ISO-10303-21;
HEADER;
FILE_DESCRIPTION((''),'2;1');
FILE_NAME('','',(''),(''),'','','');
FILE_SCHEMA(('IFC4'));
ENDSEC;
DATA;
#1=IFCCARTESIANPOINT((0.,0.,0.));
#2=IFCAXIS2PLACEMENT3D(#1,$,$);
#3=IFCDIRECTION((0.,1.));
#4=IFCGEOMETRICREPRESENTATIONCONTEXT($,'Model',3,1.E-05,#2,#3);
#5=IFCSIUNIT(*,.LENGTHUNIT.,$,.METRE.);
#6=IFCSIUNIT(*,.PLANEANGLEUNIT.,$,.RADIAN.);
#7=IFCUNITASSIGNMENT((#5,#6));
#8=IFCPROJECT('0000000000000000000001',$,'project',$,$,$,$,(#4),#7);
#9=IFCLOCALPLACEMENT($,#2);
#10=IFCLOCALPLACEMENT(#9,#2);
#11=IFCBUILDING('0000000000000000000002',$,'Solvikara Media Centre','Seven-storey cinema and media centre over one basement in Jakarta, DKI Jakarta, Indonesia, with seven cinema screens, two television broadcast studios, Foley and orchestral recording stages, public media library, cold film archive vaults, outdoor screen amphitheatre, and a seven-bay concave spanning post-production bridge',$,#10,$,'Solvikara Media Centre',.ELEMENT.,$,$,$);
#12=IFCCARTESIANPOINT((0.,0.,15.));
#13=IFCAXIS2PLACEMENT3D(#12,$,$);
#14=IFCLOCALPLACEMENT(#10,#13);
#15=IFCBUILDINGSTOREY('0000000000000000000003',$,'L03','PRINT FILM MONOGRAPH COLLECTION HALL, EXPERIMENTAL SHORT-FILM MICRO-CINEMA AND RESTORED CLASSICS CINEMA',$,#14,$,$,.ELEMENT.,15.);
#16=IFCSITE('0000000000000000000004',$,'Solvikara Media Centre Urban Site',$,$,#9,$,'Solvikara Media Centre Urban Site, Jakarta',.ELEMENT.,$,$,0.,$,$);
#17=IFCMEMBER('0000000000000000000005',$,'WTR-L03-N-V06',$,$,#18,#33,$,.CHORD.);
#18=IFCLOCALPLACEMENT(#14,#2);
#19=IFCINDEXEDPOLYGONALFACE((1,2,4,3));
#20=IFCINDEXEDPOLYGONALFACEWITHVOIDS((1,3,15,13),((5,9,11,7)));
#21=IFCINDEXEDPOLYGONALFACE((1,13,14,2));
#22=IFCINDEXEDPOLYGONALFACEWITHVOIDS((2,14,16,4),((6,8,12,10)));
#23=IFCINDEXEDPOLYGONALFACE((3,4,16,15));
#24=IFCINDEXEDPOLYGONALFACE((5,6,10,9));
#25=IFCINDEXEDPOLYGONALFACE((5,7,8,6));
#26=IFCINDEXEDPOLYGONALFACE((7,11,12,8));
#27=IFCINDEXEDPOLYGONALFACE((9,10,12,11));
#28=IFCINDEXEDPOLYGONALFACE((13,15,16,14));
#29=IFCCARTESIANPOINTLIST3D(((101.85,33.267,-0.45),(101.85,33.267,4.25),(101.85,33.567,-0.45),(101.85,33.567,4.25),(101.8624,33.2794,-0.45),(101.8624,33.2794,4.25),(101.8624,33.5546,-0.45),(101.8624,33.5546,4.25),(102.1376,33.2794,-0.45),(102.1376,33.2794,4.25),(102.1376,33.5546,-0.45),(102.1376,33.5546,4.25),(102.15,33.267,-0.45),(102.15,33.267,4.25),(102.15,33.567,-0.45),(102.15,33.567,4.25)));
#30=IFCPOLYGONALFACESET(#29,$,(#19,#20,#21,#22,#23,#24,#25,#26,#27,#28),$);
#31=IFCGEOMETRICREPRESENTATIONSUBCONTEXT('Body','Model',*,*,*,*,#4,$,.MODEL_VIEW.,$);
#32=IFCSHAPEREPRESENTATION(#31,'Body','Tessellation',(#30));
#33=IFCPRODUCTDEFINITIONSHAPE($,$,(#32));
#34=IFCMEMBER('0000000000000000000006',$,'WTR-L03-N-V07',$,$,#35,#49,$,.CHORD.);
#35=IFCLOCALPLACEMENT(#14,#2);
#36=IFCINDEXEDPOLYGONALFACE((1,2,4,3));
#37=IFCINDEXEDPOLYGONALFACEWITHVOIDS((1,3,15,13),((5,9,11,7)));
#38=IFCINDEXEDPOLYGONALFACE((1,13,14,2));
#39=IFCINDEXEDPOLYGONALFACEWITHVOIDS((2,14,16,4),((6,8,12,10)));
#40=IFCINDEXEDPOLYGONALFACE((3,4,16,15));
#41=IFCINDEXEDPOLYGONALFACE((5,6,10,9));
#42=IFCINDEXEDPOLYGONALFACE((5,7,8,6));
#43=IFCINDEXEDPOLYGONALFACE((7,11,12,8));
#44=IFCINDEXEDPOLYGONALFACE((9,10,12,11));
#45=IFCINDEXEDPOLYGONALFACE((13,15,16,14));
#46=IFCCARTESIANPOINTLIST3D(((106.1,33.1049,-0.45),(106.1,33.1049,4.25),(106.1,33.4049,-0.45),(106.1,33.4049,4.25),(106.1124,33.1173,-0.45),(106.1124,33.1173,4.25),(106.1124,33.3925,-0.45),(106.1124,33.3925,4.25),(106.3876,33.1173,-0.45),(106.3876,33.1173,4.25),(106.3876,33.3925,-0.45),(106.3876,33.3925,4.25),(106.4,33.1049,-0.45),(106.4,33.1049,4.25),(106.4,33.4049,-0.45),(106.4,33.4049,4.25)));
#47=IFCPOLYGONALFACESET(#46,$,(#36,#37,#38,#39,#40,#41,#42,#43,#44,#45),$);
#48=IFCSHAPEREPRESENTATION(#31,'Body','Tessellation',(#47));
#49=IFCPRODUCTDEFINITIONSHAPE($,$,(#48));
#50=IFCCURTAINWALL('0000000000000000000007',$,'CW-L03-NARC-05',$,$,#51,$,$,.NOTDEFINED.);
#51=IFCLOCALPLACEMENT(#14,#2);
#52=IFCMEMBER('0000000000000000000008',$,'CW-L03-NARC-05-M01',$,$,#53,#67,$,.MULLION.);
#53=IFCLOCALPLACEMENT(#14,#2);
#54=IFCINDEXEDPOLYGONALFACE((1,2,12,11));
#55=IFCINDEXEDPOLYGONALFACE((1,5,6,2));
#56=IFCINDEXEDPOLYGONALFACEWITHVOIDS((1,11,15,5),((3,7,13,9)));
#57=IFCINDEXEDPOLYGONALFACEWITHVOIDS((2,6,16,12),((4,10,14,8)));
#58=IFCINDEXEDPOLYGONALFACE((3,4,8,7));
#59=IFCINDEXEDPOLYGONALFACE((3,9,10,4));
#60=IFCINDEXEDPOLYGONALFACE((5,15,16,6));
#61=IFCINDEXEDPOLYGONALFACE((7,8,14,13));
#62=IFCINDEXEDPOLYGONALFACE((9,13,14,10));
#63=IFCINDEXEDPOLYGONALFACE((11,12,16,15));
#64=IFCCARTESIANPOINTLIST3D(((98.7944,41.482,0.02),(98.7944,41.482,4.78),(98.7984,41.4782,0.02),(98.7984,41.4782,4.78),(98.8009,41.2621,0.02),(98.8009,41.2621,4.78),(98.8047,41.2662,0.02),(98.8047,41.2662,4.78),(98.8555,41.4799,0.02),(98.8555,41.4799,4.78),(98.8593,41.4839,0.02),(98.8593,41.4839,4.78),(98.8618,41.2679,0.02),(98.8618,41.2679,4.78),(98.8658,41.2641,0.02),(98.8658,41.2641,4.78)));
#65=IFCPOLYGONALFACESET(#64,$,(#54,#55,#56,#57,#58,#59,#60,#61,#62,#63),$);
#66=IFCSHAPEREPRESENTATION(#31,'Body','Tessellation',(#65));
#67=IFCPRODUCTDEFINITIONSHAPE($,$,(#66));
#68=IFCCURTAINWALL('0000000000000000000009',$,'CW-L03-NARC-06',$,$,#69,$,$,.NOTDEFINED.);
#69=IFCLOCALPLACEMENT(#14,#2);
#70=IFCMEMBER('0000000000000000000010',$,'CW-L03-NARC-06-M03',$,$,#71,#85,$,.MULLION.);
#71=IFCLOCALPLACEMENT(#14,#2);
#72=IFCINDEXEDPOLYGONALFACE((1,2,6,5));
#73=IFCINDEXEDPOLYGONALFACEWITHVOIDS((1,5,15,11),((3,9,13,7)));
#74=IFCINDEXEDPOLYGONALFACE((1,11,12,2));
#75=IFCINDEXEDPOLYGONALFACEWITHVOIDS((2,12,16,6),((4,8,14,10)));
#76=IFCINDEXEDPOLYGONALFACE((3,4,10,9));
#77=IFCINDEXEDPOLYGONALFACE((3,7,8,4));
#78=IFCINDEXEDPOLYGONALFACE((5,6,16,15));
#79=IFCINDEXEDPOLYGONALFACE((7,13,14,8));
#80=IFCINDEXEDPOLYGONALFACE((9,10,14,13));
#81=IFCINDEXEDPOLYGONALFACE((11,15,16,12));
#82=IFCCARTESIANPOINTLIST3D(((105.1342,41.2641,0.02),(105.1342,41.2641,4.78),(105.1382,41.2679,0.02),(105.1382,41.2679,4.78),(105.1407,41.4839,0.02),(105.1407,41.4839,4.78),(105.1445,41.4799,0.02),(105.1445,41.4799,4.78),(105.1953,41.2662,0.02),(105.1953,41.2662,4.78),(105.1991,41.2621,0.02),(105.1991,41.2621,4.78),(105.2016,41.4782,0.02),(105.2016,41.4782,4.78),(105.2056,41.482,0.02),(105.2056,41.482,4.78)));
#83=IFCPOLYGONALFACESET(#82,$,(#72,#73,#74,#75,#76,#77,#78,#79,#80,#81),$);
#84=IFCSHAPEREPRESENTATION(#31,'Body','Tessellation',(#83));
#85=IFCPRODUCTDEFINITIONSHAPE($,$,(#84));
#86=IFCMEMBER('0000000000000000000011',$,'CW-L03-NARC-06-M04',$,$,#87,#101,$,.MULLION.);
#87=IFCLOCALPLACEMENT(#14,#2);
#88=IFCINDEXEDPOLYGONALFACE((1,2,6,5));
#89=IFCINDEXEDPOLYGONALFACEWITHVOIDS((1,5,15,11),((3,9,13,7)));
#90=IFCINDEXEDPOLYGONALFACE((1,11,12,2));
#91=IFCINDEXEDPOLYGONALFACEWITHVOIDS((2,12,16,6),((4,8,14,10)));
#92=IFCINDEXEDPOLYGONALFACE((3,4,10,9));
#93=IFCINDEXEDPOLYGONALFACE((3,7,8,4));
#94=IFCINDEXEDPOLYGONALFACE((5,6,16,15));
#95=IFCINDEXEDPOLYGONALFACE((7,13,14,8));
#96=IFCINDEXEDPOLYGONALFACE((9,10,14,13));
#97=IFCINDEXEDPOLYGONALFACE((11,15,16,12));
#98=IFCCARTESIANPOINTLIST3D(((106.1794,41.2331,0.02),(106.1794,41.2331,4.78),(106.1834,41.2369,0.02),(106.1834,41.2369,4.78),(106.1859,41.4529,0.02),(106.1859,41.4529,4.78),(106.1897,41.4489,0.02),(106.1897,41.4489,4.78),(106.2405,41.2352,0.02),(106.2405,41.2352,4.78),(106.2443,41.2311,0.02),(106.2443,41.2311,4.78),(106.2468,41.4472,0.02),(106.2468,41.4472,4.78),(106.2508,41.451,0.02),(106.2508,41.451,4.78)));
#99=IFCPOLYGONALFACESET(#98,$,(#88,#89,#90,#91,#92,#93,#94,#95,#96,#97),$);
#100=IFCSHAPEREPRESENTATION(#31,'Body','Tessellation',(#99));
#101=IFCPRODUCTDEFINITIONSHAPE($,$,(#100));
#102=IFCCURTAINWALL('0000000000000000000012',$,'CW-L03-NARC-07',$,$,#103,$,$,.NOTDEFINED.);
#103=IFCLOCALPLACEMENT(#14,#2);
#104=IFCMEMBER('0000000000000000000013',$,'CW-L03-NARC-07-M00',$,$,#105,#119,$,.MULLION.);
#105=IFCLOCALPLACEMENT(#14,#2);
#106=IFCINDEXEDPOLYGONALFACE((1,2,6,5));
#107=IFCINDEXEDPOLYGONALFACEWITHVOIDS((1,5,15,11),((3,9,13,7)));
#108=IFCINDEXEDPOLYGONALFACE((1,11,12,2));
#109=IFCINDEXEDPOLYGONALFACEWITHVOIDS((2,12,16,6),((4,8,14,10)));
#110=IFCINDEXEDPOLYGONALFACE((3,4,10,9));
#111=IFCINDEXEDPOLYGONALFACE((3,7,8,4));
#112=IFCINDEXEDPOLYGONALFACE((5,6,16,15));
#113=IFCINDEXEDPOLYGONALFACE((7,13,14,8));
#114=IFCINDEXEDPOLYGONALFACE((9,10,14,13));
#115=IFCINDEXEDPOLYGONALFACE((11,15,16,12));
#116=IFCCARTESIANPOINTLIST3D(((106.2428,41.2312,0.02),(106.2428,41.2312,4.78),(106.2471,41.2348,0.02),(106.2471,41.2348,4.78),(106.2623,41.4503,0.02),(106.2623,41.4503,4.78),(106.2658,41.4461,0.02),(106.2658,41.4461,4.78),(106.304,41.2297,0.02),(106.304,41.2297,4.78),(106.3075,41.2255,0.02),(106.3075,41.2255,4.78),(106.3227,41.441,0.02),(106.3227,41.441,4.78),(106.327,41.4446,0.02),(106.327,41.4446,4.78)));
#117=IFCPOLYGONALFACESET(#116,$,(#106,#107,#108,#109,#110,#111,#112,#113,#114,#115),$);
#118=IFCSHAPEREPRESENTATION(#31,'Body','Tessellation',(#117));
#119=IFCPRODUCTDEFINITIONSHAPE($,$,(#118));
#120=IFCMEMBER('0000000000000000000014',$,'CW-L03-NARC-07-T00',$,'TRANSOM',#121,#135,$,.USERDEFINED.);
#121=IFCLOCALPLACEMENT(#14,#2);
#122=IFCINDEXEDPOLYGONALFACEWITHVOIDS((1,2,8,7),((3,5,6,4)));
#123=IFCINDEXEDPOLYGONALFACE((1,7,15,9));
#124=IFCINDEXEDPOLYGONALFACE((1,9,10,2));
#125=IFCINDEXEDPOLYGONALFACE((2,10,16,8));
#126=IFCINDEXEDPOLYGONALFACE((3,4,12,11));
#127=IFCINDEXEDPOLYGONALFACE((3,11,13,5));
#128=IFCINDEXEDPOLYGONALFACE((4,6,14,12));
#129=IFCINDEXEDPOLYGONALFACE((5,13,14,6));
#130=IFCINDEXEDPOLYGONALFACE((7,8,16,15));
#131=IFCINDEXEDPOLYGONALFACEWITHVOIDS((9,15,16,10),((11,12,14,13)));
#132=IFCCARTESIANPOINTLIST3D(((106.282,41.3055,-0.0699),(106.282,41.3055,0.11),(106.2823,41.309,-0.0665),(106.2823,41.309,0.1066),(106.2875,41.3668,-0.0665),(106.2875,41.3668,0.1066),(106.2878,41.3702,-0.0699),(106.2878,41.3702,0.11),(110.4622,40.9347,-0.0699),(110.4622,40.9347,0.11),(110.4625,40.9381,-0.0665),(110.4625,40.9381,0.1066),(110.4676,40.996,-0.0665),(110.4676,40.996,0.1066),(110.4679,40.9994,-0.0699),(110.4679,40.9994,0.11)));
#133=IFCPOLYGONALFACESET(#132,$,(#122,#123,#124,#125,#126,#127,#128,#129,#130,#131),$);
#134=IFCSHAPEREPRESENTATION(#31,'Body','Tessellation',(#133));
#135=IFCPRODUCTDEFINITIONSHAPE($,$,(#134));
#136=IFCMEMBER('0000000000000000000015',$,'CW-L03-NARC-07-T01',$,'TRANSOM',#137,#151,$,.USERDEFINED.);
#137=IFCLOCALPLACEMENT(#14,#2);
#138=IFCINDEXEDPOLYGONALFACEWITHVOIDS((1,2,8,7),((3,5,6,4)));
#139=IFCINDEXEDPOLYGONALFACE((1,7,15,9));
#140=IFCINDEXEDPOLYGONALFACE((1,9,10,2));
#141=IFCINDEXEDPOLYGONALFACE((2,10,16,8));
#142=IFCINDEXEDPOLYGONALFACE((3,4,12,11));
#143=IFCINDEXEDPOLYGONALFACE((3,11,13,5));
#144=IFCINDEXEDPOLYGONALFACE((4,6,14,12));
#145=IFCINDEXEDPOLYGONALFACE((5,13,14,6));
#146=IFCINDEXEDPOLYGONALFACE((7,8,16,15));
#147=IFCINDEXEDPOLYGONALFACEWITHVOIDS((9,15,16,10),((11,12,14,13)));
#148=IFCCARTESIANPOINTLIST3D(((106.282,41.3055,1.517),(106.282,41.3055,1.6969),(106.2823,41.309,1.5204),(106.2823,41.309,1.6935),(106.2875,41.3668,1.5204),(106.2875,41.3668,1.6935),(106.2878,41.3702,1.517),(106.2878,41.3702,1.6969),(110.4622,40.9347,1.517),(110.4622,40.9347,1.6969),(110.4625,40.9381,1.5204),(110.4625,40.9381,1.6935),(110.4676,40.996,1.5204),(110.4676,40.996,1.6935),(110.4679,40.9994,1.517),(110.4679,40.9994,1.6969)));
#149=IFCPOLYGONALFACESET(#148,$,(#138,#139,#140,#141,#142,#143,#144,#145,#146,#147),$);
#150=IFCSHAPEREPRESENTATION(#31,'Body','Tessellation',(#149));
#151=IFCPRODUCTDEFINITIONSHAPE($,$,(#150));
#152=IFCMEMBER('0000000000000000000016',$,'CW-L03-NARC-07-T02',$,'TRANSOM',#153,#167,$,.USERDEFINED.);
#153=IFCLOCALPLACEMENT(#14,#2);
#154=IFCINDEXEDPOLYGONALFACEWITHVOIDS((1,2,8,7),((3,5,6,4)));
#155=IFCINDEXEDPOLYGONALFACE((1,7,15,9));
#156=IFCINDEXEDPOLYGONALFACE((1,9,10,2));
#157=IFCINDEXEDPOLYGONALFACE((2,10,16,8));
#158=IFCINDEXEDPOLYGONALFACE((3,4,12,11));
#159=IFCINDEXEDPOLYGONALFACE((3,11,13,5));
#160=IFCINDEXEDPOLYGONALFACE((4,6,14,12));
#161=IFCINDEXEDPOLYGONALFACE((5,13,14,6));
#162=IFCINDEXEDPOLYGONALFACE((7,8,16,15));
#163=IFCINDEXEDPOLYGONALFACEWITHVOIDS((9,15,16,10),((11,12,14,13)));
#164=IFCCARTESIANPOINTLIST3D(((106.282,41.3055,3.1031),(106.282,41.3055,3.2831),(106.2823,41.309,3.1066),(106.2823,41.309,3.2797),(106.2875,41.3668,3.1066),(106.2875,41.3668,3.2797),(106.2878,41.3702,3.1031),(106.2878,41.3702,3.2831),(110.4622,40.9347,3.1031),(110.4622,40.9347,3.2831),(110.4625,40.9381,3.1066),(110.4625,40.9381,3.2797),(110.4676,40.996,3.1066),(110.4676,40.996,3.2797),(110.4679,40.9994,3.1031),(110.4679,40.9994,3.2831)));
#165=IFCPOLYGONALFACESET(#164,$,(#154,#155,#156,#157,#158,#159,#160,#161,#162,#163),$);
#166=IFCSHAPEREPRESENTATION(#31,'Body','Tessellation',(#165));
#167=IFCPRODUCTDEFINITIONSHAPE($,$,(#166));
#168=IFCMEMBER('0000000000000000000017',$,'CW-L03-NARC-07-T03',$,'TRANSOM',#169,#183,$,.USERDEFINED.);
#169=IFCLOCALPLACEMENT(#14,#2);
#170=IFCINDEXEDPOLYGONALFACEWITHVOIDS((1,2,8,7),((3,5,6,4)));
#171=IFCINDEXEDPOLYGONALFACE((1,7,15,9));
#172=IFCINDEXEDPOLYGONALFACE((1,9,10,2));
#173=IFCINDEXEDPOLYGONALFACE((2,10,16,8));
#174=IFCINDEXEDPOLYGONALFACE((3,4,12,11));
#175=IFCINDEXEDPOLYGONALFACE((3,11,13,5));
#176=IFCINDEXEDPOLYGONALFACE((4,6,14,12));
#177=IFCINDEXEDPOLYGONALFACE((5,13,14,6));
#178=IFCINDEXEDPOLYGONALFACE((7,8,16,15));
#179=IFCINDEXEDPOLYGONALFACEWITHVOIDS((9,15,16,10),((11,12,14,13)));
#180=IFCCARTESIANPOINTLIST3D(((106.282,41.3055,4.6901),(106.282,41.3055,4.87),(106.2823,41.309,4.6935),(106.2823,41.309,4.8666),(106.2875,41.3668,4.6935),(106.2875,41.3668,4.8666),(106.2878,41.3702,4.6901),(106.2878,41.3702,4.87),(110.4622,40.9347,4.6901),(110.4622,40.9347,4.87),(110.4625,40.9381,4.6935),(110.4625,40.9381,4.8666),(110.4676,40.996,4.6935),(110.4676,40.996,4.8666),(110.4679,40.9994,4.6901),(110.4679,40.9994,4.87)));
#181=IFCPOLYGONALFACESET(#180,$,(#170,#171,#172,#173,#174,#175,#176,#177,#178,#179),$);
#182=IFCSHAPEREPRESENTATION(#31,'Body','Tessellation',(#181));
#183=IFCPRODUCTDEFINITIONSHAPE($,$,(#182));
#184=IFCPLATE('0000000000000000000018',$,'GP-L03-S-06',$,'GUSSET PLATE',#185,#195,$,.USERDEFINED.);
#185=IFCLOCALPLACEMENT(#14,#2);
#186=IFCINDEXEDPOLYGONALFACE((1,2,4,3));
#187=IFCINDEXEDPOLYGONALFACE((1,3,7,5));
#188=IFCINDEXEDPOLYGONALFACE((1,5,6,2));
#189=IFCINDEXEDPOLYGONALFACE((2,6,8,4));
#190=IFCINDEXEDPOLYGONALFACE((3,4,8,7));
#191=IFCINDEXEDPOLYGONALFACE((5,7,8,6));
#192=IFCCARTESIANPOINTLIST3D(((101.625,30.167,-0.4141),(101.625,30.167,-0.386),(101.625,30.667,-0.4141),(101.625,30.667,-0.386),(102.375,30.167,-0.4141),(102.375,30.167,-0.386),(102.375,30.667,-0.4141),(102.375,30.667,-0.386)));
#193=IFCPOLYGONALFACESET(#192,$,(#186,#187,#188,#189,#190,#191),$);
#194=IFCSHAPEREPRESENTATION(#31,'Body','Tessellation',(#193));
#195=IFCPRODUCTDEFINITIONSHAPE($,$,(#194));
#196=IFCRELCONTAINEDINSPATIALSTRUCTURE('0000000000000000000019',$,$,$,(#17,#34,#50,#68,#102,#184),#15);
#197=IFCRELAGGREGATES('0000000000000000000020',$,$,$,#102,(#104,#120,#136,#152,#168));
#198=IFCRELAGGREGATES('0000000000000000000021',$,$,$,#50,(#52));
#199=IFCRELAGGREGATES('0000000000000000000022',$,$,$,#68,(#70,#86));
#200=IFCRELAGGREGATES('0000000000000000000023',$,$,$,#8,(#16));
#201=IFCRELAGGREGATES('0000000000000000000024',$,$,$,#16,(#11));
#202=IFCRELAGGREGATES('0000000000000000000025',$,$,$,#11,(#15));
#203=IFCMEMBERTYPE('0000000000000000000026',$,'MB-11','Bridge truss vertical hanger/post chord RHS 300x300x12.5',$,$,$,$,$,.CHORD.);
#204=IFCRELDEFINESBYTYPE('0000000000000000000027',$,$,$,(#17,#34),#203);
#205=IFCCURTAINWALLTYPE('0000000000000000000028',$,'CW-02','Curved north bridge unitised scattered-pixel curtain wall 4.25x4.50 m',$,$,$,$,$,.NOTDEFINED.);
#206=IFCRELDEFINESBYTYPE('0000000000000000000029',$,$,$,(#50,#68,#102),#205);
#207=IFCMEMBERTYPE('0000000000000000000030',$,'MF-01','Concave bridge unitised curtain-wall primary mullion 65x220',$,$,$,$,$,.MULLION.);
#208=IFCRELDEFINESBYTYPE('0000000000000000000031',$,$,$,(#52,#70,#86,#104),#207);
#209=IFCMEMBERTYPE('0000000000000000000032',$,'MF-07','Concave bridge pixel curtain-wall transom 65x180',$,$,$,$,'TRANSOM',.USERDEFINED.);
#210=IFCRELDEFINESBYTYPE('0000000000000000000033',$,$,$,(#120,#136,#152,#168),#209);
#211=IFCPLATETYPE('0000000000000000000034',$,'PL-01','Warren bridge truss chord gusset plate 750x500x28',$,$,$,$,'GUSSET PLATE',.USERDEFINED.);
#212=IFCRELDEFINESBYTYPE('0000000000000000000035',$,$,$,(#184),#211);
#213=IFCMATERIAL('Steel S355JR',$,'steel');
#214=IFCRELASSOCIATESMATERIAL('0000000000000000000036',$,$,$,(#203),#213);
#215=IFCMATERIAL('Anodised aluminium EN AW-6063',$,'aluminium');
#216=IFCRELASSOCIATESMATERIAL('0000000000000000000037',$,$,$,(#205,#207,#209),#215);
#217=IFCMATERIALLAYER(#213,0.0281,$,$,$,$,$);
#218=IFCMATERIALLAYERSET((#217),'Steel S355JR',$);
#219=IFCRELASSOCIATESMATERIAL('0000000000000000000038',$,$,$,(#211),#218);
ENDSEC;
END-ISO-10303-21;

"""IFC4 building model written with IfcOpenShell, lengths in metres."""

from ifc_helpers import new_model, si_unit, direction, frame, origin, origin_2d, place, context, subcontext, project, spatial, rectangle, hollow_rectangle, extrude, material, layer, layer_set, material_profile, profile_set, type_object, element, aggregate, save


model = new_model("IFC4")

# Units and contexts
model_context = context("Model", 3, precision=1e-05, world=origin(), true_north=direction((0.0, 1.0)))
body_context = subcontext(model_context, "Body", "Model", "MODEL_VIEW")
ifc_project = project(units=[si_unit("LENGTHUNIT", "METRE"), si_unit("PLANEANGLEUNIT", "RADIAN")], contexts=[model_context])

# Site, building, storey
site_placement = place(None, origin())
site = spatial("IfcSite", under=ifc_project, at=site_placement, Name="Solvikara Media Centre Urban Site", LongName="Solvikara Media Centre Urban Site, Jakarta", CompositionType="ELEMENT", RefElevation=0.0)
building_placement = place(site_placement, origin())
building = spatial("IfcBuilding", under=site, at=building_placement, Name="Solvikara Media Centre", Description="Seven-storey cinema and media centre over one basement in Jakarta, DKI Jakarta, Indonesia, with seven cinema screens, two television broadcast studios, Foley and orchestral recording stages, public media library, cold film archive vaults, outdoor screen amphitheatre, and a seven-bay concave spanning post-production bridge", LongName="Solvikara Media Centre", CompositionType="ELEMENT")
storey_placement = place(building_placement, frame((0.0, 0.0, 15.0)))
storey = spatial("IfcBuildingStorey", under=building, at=storey_placement, Name="L03", Description="PRINT FILM MONOGRAPH COLLECTION HALL, EXPERIMENTAL SHORT-FILM MICRO-CINEMA AND RESTORED CLASSICS CINEMA", CompositionType="ELEMENT", Elevation=15.0)

# Shared definitions
ifc_material_1 = material(Name="Steel S355JR", Category="steel")

# Members
ifc_material_profile_1 = material_profile(ifc_material_1, hollow_rectangle(XDim=0.3, YDim=0.3, WallThickness=0.0125, at=origin_2d()), Name="RHS 300x300x12.5")
ifc_profile_set_1 = profile_set([ifc_material_profile_1], Name="Steel S355JR")
member_type_1 = type_object("IfcMemberType", Name="MB-11", Description="Bridge truss vertical hanger/post chord RHS 300x300x12.5", PredefinedType="CHORD", material=ifc_profile_set_1)
for number, where, z_axis, x_axis, name in (
    (1, (102.0, 33.417, -0.45), (0.0, 0.0, 1.0), (1.0, 0.0, 0.0), "WTR-L03-N-V06"),
    (2, (106.25, 33.2549, -0.45), (0.0, 0.0, 1.0), (1.0, 0.0, 0.0), "WTR-L03-N-V07"),
):
    element("IfcMember", number, at=place(storey_placement, frame(where, z_axis=z_axis, x_axis=x_axis)), inside=storey, type_object=member_type_1, Name=name, PredefinedType="CHORD", context=body_context, shape_type="SweptSolid", body=[
        extrude(hollow_rectangle(XDim=0.3, YDim=0.3, WallThickness=0.0125, at=origin_2d()), origin(), (0.0, 0.0, 1.0), 4.7),
    ])

# Curtain wall, member
ifc_material_2 = material(Name="Anodised aluminium EN AW-6063", Category="aluminium")
curtain_wall_type = type_object("IfcCurtainWallType", Name="CW-02", Description="Curved north bridge unitised scattered-pixel curtain wall 4.25x4.50 m", PredefinedType="NOTDEFINED", material=ifc_material_2)
curtain_wall_1_placement = place(storey_placement, origin())
curtain_wall_1 = element("IfcCurtainWall", 3, at=curtain_wall_1_placement, inside=storey, type_object=curtain_wall_type, Name="CW-L03-NARC-05", PredefinedType="NOTDEFINED")
ifc_material_profile_2 = material_profile(ifc_material_2, hollow_rectangle(XDim=0.0649, YDim=0.22, WallThickness=0.0039, at=origin_2d()), Name="ALU-M 65x220x4")
ifc_profile_set_2 = profile_set([ifc_material_profile_2], Name="Anodised aluminium EN AW-6063")
member_type_2 = type_object("IfcMemberType", Name="MF-01", Description="Concave bridge unitised curtain-wall primary mullion 65x220", PredefinedType="MULLION", material=ifc_profile_set_2)
member_1_placement = place(storey_placement, frame((98.8301, 41.373, 0.02), z_axis=(0.0, 0.0, 1.0), x_axis=(0.99956, 0.029649, 0.0)))
member_1 = element("IfcMember", 4, at=member_1_placement, type_object=member_type_2, Name="CW-L03-NARC-05-M01", PredefinedType="MULLION", context=body_context, shape_type="SweptSolid", body=[
    extrude(hollow_rectangle(XDim=0.0649, YDim=0.22, WallThickness=0.0039, at=origin_2d()), origin(), (0.0, 0.0, 1.0), 4.76),
])

# Curtain walls, members
curtain_wall_2_placement = place(storey_placement, origin())
curtain_wall_2 = element("IfcCurtainWall", 5, at=curtain_wall_2_placement, inside=storey, type_object=curtain_wall_type, Name="CW-L03-NARC-06", PredefinedType="NOTDEFINED")
member_2_placement = place(storey_placement, frame((105.1699, 41.373, 0.02), z_axis=(0.0, 0.0, 1.0), x_axis=(0.99956, -0.029649, 0.0)))
member_2 = element("IfcMember", 6, at=member_2_placement, type_object=member_type_2, Name="CW-L03-NARC-06-M03", PredefinedType="MULLION", context=body_context, shape_type="SweptSolid", body=[
    extrude(hollow_rectangle(XDim=0.0649, YDim=0.22, WallThickness=0.0039, at=origin_2d()), origin(), (0.0, 0.0, 1.0), 4.76),
])
member_3_placement = place(storey_placement, frame((106.2151, 41.342, 0.02), z_axis=(0.0, 0.0, 1.0), x_axis=(0.99956, -0.029649, 0.0)))
member_3 = element("IfcMember", 7, at=member_3_placement, type_object=member_type_2, Name="CW-L03-NARC-06-M04", PredefinedType="MULLION", context=body_context, shape_type="SweptSolid", body=[
    extrude(hollow_rectangle(XDim=0.0649, YDim=0.22, WallThickness=0.0039, at=origin_2d()), origin(), (0.0, 0.0, 1.0), 4.76),
])
curtain_wall_3_placement = place(storey_placement, origin())
curtain_wall_3 = element("IfcCurtainWall", 8, at=curtain_wall_3_placement, inside=storey, type_object=curtain_wall_type, Name="CW-L03-NARC-07", PredefinedType="NOTDEFINED")
member_4_placement = place(storey_placement, frame((106.2849, 41.3379, 0.02), z_axis=(0.0, 0.0, 1.0), x_axis=(0.996084, -0.088408, 0.0)))
member_4 = element("IfcMember", 9, at=member_4_placement, type_object=member_type_2, Name="CW-L03-NARC-07-M00", PredefinedType="MULLION", context=body_context, shape_type="SweptSolid", body=[
    extrude(hollow_rectangle(XDim=0.0649, YDim=0.22, WallThickness=0.0039, at=origin_2d()), origin(), (0.0, 0.0, 1.0), 4.76),
])
ifc_material_profile_3 = material_profile(ifc_material_2, hollow_rectangle(XDim=0.0649, YDim=0.1799, WallThickness=0.0034, at=origin_2d()), Name="ALU-T 65x180x3.5")
ifc_profile_set_3 = profile_set([ifc_material_profile_3], Name="Anodised aluminium EN AW-6063")
member_type_3 = type_object("IfcMemberType", Name="MF-07", Description="Concave bridge pixel curtain-wall transom 65x180", ElementType="TRANSOM", PredefinedType="USERDEFINED", material=ifc_profile_set_3)
member_5_placement = place(storey_placement, frame((106.2849, 41.3379, 0.02), z_axis=(0.996088, -0.088369, 0.0), x_axis=(0.088369, 0.996088, 0.0)))
member_5 = element("IfcMember", 10, at=member_5_placement, type_object=member_type_3, Name="CW-L03-NARC-07-T00", ObjectType="TRANSOM", PredefinedType="USERDEFINED", context=body_context, shape_type="SweptSolid", body=[
    extrude(hollow_rectangle(XDim=0.0649, YDim=0.1799, WallThickness=0.0034, at=origin_2d()), origin(), (0.0, 0.0, 1.0), 4.1965),
])
member_6_placement = place(storey_placement, frame((106.2849, 41.3379, 1.6069), z_axis=(0.996088, -0.088369, 0.0), x_axis=(0.088369, 0.996088, 0.0)))
member_6 = element("IfcMember", 11, at=member_6_placement, type_object=member_type_3, Name="CW-L03-NARC-07-T01", ObjectType="TRANSOM", PredefinedType="USERDEFINED", context=body_context, shape_type="SweptSolid", body=[
    extrude(hollow_rectangle(XDim=0.0649, YDim=0.1799, WallThickness=0.0034, at=origin_2d()), origin(), (0.0, 0.0, 1.0), 4.1965),
])
member_7_placement = place(storey_placement, frame((106.2849, 41.3379, 3.1931), z_axis=(0.996088, -0.088369, 0.0), x_axis=(0.088369, 0.996088, 0.0)))
member_7 = element("IfcMember", 12, at=member_7_placement, type_object=member_type_3, Name="CW-L03-NARC-07-T02", ObjectType="TRANSOM", PredefinedType="USERDEFINED", context=body_context, shape_type="SweptSolid", body=[
    extrude(hollow_rectangle(XDim=0.0649, YDim=0.1799, WallThickness=0.0034, at=origin_2d()), origin(), (0.0, 0.0, 1.0), 4.1965),
])
member_8_placement = place(storey_placement, frame((106.2849, 41.3379, 4.78), z_axis=(0.996088, -0.088369, 0.0), x_axis=(0.088369, 0.996088, 0.0)))
member_8 = element("IfcMember", 13, at=member_8_placement, type_object=member_type_3, Name="CW-L03-NARC-07-T03", ObjectType="TRANSOM", PredefinedType="USERDEFINED", context=body_context, shape_type="SweptSolid", body=[
    extrude(hollow_rectangle(XDim=0.0649, YDim=0.1799, WallThickness=0.0034, at=origin_2d()), origin(), (0.0, 0.0, 1.0), 4.1965),
])
aggregate(curtain_wall_3, [member_4, member_5, member_6, member_7, member_8])

# Plate
ifc_layer_1 = layer(ifc_material_1, 0.0281)
ifc_layer_set_1 = layer_set([ifc_layer_1], Name="Steel S355JR")
plate_type_1 = type_object("IfcPlateType", Name="PL-01", Description="Warren bridge truss chord gusset plate 750x500x28", ElementType="GUSSET PLATE", PredefinedType="USERDEFINED", material=ifc_layer_set_1)
for number, where, z_axis, x_axis, name in (
    (14, (102.0, 30.417, -0.4141), (0.0, 0.0, 1.0), (1.0, 0.0, 0.0), "GP-L03-S-06"),
):
    element("IfcPlate", number, at=place(storey_placement, frame(where, z_axis=z_axis, x_axis=x_axis)), inside=storey, type_object=plate_type_1, Name=name, ObjectType="GUSSET PLATE", PredefinedType="USERDEFINED", context=body_context, shape_type="SweptSolid", body=[
        extrude(rectangle(XDim=0.75, YDim=0.5, at=origin_2d()), origin(), (0.0, 0.0, 1.0), 0.0281),
    ])

aggregate(curtain_wall_1, [member_1])
aggregate(curtain_wall_2, [member_2, member_3])

save(model, "model.ifc")
